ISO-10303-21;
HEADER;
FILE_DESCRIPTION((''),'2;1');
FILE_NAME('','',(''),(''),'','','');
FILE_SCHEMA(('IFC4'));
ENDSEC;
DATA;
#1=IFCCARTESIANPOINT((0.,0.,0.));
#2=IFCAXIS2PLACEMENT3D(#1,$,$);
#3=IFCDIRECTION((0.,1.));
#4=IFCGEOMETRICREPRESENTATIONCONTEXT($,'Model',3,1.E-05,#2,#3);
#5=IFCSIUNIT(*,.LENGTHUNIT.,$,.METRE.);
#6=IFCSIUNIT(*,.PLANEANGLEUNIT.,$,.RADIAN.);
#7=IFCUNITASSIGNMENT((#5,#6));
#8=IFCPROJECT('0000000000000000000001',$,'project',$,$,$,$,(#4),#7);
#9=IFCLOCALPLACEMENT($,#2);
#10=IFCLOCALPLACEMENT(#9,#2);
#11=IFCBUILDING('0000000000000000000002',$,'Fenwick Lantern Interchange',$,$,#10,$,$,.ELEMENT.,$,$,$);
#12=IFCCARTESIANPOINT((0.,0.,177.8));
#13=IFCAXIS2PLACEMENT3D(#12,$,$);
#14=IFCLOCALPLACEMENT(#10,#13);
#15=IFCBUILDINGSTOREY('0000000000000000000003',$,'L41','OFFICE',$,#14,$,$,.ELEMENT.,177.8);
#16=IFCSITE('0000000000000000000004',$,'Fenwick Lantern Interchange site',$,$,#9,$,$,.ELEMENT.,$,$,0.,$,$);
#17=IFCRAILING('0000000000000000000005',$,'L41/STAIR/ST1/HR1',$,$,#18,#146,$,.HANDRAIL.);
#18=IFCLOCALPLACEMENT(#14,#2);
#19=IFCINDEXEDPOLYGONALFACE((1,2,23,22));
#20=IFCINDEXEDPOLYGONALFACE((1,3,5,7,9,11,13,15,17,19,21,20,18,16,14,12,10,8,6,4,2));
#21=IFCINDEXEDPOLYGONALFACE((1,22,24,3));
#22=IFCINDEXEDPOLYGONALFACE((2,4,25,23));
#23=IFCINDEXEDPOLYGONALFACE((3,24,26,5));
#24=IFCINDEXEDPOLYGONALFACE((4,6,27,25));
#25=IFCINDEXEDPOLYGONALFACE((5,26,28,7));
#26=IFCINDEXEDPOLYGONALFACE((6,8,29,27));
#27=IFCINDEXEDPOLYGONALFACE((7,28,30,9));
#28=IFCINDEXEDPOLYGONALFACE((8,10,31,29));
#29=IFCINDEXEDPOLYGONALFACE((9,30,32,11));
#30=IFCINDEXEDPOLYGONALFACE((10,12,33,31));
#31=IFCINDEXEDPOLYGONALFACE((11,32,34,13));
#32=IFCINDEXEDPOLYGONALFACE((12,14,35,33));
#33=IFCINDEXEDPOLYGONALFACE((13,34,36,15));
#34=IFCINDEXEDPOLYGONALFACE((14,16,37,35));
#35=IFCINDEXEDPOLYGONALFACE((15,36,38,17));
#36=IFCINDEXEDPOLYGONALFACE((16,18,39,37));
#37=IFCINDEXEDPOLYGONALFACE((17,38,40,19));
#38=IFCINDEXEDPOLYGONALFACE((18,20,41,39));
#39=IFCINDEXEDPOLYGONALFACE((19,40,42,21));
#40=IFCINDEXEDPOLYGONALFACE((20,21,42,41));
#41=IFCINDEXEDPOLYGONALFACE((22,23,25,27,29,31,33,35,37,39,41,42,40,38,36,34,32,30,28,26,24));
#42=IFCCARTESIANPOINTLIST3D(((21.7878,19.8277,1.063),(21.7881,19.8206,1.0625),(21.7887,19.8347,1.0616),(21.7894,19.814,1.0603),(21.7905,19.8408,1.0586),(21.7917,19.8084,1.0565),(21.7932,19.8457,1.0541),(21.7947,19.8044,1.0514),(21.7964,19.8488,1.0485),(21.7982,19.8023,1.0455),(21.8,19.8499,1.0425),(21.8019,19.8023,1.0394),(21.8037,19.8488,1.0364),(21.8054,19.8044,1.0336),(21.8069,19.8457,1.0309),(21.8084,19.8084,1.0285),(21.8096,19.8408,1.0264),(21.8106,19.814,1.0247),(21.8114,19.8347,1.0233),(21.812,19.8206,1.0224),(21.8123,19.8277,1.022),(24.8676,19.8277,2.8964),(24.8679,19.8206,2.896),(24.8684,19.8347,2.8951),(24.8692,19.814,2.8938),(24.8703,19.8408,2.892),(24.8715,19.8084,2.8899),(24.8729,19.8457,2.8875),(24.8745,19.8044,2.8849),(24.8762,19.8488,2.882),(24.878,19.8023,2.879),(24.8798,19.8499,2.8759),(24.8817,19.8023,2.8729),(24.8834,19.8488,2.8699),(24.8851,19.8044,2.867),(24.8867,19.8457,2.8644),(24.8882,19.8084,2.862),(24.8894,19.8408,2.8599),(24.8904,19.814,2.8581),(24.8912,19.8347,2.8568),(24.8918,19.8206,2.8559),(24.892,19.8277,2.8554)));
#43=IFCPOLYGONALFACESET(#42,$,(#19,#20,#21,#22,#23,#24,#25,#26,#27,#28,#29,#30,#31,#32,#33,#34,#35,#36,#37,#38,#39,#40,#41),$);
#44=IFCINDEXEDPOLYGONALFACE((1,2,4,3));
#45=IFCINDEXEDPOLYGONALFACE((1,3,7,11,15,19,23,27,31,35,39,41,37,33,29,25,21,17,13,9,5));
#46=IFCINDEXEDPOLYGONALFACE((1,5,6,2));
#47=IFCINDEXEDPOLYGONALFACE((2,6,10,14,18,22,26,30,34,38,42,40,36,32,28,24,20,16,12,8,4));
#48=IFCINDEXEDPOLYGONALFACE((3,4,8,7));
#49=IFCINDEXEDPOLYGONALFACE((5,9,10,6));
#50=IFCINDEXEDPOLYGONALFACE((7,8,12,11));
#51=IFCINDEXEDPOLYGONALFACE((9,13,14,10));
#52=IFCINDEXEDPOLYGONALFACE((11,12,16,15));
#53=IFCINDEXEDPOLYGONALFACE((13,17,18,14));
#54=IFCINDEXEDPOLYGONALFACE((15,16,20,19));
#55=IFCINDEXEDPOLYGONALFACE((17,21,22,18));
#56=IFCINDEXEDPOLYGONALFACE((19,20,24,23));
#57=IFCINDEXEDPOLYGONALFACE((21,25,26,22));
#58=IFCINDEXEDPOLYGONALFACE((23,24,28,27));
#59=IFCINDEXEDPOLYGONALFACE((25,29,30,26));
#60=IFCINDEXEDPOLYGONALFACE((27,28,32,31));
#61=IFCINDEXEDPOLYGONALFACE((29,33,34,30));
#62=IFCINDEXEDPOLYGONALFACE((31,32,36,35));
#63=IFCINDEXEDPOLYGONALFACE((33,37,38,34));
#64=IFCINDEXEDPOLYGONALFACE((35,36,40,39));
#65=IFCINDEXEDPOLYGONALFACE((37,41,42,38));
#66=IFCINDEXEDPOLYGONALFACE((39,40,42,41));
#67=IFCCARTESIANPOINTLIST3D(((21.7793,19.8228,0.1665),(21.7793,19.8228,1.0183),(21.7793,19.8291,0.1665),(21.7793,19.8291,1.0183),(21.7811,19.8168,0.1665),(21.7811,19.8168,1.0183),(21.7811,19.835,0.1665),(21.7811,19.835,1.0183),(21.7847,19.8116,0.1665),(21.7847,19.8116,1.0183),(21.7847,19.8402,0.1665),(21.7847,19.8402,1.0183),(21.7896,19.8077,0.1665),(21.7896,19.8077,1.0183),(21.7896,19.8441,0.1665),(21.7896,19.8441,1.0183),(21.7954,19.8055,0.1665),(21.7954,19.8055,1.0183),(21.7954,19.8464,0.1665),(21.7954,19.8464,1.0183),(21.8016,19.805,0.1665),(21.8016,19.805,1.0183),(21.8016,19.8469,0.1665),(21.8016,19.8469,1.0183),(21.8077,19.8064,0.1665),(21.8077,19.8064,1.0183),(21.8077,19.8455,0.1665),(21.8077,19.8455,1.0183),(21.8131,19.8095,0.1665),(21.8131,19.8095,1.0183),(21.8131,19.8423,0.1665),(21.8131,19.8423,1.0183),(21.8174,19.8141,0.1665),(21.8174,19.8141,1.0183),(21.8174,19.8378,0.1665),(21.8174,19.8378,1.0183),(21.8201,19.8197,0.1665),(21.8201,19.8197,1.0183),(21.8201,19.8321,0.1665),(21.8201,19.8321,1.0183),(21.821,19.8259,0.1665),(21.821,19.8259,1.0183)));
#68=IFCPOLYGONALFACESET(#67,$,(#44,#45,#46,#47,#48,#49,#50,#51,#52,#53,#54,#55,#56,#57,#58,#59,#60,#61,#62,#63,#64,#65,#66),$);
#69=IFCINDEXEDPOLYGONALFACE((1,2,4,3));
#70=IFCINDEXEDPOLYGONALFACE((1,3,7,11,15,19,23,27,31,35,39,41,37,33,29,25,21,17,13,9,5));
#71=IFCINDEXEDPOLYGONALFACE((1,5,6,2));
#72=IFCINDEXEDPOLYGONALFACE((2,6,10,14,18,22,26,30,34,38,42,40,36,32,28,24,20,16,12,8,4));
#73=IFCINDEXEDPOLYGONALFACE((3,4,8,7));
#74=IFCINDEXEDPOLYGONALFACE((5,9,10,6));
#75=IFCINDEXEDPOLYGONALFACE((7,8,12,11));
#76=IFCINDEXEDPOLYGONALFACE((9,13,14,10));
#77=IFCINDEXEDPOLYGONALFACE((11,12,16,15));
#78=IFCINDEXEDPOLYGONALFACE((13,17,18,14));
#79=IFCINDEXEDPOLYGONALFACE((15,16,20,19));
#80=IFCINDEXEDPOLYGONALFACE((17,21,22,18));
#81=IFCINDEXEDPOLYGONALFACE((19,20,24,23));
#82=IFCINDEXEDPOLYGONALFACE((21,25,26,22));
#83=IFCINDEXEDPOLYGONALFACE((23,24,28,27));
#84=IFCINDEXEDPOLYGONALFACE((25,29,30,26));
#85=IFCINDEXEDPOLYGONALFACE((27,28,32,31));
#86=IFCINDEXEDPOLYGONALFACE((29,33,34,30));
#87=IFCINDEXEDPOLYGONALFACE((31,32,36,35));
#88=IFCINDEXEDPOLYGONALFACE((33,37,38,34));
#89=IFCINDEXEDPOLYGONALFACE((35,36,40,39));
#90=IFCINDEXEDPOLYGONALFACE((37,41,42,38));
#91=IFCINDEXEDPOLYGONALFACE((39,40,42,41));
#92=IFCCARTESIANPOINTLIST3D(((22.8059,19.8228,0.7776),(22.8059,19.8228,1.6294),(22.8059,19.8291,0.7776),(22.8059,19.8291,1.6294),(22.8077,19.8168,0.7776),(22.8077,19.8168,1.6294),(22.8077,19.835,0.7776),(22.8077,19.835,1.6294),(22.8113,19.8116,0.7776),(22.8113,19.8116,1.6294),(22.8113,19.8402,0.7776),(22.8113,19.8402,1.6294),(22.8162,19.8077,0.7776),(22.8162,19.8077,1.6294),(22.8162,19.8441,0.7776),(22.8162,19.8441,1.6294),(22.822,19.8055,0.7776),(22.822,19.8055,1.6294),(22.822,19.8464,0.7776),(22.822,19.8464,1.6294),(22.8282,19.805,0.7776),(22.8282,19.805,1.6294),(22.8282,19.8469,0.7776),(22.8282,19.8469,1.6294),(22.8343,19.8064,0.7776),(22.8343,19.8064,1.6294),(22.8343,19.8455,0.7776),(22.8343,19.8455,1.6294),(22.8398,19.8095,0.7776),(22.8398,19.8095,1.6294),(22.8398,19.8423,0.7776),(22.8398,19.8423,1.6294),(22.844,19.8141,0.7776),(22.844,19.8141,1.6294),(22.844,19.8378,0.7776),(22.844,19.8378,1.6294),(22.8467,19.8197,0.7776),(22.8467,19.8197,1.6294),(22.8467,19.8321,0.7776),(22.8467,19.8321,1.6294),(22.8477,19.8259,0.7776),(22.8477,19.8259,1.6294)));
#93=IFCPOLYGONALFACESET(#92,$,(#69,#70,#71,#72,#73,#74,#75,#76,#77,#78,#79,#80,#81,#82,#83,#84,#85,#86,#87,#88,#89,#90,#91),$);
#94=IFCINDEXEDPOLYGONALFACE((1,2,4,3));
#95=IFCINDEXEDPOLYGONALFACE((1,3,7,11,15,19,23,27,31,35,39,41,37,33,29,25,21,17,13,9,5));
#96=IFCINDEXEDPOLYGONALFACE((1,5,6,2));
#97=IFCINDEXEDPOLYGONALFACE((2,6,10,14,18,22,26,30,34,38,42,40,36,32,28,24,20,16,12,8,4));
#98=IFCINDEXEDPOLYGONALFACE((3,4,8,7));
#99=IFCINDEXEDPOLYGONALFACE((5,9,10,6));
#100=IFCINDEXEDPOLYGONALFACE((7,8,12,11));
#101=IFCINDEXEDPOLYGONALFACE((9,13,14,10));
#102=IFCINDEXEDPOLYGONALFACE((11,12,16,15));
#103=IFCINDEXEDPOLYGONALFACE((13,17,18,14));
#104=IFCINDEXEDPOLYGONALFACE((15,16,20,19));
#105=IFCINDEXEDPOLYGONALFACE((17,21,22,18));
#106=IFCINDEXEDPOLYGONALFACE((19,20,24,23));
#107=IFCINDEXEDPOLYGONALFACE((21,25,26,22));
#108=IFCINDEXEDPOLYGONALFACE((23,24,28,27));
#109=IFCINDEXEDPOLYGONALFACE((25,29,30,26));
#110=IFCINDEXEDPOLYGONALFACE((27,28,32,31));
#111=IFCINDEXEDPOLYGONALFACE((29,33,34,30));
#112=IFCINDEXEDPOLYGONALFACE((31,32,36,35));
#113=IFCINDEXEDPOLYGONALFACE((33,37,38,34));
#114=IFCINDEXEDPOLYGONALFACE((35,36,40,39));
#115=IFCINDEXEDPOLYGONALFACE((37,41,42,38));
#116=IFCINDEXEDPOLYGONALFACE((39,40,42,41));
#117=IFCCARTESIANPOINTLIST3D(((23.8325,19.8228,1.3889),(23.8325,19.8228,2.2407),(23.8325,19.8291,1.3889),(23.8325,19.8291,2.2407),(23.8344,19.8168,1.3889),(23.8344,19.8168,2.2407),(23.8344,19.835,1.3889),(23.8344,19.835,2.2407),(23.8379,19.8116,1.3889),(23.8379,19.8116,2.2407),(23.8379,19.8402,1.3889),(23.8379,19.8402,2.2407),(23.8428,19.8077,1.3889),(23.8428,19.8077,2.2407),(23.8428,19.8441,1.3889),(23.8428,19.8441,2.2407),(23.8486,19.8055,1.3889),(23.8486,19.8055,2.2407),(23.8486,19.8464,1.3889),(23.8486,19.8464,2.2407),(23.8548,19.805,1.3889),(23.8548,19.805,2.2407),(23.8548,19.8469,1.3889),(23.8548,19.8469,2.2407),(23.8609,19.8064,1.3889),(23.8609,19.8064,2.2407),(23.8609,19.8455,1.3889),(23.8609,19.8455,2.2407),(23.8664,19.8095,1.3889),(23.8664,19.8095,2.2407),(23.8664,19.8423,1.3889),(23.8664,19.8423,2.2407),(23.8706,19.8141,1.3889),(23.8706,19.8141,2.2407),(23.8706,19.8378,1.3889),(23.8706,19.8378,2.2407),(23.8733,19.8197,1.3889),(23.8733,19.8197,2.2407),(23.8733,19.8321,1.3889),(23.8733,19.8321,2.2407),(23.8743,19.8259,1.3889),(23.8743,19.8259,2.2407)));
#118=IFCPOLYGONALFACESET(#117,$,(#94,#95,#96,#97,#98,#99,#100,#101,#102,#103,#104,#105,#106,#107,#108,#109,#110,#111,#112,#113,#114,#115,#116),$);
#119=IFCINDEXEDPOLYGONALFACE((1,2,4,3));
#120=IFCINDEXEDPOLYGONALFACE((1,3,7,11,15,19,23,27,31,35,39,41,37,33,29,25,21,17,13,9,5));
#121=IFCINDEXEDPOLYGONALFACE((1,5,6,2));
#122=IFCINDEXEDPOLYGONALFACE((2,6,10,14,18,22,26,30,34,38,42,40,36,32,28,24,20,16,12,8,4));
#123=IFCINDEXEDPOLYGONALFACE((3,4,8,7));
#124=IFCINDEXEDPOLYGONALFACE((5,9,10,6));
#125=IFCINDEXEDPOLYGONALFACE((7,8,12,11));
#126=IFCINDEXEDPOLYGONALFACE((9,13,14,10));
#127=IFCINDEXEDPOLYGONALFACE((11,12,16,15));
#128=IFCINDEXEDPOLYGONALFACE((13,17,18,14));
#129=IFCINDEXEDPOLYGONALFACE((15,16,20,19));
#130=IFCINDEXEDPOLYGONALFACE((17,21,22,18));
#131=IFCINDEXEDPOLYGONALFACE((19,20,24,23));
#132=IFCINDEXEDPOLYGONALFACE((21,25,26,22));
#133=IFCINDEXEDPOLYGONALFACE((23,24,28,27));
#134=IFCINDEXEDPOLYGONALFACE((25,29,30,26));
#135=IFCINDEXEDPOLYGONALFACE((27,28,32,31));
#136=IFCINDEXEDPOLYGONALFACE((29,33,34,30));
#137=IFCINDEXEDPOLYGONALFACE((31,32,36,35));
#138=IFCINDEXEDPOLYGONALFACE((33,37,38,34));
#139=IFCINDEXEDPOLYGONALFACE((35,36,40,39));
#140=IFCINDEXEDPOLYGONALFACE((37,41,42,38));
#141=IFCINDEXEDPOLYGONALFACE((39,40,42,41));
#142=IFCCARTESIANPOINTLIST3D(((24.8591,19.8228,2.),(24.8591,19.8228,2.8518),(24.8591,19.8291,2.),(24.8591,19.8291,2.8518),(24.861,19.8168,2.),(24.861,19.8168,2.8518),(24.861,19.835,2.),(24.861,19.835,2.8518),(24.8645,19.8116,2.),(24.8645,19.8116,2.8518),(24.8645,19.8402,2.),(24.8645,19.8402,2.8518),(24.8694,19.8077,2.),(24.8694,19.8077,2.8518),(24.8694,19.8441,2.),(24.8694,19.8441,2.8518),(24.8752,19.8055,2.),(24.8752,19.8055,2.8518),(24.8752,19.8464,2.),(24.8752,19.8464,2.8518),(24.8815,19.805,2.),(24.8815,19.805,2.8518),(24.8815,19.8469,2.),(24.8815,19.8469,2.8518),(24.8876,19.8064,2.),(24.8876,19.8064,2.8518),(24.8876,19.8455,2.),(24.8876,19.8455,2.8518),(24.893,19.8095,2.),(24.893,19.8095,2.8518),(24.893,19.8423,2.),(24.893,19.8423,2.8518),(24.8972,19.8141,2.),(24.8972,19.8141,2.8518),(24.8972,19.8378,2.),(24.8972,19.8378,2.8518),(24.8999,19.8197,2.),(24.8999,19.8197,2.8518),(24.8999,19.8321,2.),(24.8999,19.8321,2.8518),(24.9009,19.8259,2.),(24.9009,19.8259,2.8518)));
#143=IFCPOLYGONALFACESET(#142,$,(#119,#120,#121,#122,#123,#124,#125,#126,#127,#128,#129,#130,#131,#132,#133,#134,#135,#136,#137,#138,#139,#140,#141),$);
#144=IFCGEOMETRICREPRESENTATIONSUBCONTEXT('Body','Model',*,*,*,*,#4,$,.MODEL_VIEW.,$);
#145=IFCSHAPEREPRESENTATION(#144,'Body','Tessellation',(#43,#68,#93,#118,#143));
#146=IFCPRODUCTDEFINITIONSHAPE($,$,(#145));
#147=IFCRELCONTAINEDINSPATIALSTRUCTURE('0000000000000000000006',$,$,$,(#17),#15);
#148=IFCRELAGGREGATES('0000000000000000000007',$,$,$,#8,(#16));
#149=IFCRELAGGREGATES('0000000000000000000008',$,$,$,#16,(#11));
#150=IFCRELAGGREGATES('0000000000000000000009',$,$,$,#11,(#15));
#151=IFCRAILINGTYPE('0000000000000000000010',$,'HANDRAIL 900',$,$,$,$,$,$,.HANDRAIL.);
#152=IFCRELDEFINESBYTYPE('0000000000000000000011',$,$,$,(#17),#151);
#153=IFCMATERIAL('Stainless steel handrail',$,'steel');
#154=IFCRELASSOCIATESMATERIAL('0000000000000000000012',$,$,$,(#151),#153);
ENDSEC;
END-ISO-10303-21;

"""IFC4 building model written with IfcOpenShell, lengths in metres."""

from ifc_helpers import new_model, si_unit, direction, frame, origin, origin_2d, place, context, subcontext, project, spatial, circle, extrude, material, type_object, element, save


model = new_model("IFC4")

# Units and contexts
model_context = context("Model", 3, precision=1e-05, world=origin(), true_north=direction((0.0, 1.0)))
body_context = subcontext(model_context, "Body", "Model", "MODEL_VIEW")
ifc_project = project(units=[si_unit("LENGTHUNIT", "METRE"), si_unit("PLANEANGLEUNIT", "RADIAN")], contexts=[model_context])

# Site, building, storey
site_placement = place(None, origin())
site = spatial("IfcSite", under=ifc_project, at=site_placement, Name="Fenwick Lantern Interchange site", CompositionType="ELEMENT", RefElevation=0.0)
building_placement = place(site_placement, origin())
building = spatial("IfcBuilding", under=site, at=building_placement, Name="Fenwick Lantern Interchange", CompositionType="ELEMENT")
storey_placement = place(building_placement, frame((0.0, 0.0, 177.8)))
storey = spatial("IfcBuildingStorey", under=building, at=storey_placement, Name="L41", Description="OFFICE", CompositionType="ELEMENT", Elevation=177.8)

# Railing
ifc_material_1 = material(Name="Stainless steel handrail", Category="steel")
railing_type = type_object("IfcRailingType", Name="HANDRAIL 900", PredefinedType="HANDRAIL", material=ifc_material_1)
railing_1_placement = place(storey_placement, frame((21.8, 19.8259, 0.1665)))
element("IfcRailing", 1, at=railing_1_placement, inside=storey, type_object=railing_type, Name="L41/STAIR/ST1/HR1", PredefinedType="HANDRAIL", context=body_context, shape_type="SweptSolid", body=[
    extrude(circle(Radius=0.0239, at=origin_2d()), frame((0.0, 0.0, 0.876), z_axis=(0.859261, 0.0, 0.511538), x_axis=(0.0, 1.0, 0.0)), (0.0, 0.0, 1.0), 3.5842),
    extrude(circle(Radius=0.021, at=origin_2d()), origin(), (0.0, 0.0, 1.0), 0.8518),
    extrude(circle(Radius=0.021, at=origin_2d()), frame((1.0266, 0.0, 0.6111)), (0.0, 0.0, 1.0), 0.8518),
    extrude(circle(Radius=0.021, at=origin_2d()), frame((2.0532, 0.0, 1.2224)), (0.0, 0.0, 1.0), 0.8518),
    extrude(circle(Radius=0.021, at=origin_2d()), frame((3.0798, 0.0, 1.8335)), (0.0, 0.0, 1.0), 0.8518),
])

save(model, "model.ifc")
